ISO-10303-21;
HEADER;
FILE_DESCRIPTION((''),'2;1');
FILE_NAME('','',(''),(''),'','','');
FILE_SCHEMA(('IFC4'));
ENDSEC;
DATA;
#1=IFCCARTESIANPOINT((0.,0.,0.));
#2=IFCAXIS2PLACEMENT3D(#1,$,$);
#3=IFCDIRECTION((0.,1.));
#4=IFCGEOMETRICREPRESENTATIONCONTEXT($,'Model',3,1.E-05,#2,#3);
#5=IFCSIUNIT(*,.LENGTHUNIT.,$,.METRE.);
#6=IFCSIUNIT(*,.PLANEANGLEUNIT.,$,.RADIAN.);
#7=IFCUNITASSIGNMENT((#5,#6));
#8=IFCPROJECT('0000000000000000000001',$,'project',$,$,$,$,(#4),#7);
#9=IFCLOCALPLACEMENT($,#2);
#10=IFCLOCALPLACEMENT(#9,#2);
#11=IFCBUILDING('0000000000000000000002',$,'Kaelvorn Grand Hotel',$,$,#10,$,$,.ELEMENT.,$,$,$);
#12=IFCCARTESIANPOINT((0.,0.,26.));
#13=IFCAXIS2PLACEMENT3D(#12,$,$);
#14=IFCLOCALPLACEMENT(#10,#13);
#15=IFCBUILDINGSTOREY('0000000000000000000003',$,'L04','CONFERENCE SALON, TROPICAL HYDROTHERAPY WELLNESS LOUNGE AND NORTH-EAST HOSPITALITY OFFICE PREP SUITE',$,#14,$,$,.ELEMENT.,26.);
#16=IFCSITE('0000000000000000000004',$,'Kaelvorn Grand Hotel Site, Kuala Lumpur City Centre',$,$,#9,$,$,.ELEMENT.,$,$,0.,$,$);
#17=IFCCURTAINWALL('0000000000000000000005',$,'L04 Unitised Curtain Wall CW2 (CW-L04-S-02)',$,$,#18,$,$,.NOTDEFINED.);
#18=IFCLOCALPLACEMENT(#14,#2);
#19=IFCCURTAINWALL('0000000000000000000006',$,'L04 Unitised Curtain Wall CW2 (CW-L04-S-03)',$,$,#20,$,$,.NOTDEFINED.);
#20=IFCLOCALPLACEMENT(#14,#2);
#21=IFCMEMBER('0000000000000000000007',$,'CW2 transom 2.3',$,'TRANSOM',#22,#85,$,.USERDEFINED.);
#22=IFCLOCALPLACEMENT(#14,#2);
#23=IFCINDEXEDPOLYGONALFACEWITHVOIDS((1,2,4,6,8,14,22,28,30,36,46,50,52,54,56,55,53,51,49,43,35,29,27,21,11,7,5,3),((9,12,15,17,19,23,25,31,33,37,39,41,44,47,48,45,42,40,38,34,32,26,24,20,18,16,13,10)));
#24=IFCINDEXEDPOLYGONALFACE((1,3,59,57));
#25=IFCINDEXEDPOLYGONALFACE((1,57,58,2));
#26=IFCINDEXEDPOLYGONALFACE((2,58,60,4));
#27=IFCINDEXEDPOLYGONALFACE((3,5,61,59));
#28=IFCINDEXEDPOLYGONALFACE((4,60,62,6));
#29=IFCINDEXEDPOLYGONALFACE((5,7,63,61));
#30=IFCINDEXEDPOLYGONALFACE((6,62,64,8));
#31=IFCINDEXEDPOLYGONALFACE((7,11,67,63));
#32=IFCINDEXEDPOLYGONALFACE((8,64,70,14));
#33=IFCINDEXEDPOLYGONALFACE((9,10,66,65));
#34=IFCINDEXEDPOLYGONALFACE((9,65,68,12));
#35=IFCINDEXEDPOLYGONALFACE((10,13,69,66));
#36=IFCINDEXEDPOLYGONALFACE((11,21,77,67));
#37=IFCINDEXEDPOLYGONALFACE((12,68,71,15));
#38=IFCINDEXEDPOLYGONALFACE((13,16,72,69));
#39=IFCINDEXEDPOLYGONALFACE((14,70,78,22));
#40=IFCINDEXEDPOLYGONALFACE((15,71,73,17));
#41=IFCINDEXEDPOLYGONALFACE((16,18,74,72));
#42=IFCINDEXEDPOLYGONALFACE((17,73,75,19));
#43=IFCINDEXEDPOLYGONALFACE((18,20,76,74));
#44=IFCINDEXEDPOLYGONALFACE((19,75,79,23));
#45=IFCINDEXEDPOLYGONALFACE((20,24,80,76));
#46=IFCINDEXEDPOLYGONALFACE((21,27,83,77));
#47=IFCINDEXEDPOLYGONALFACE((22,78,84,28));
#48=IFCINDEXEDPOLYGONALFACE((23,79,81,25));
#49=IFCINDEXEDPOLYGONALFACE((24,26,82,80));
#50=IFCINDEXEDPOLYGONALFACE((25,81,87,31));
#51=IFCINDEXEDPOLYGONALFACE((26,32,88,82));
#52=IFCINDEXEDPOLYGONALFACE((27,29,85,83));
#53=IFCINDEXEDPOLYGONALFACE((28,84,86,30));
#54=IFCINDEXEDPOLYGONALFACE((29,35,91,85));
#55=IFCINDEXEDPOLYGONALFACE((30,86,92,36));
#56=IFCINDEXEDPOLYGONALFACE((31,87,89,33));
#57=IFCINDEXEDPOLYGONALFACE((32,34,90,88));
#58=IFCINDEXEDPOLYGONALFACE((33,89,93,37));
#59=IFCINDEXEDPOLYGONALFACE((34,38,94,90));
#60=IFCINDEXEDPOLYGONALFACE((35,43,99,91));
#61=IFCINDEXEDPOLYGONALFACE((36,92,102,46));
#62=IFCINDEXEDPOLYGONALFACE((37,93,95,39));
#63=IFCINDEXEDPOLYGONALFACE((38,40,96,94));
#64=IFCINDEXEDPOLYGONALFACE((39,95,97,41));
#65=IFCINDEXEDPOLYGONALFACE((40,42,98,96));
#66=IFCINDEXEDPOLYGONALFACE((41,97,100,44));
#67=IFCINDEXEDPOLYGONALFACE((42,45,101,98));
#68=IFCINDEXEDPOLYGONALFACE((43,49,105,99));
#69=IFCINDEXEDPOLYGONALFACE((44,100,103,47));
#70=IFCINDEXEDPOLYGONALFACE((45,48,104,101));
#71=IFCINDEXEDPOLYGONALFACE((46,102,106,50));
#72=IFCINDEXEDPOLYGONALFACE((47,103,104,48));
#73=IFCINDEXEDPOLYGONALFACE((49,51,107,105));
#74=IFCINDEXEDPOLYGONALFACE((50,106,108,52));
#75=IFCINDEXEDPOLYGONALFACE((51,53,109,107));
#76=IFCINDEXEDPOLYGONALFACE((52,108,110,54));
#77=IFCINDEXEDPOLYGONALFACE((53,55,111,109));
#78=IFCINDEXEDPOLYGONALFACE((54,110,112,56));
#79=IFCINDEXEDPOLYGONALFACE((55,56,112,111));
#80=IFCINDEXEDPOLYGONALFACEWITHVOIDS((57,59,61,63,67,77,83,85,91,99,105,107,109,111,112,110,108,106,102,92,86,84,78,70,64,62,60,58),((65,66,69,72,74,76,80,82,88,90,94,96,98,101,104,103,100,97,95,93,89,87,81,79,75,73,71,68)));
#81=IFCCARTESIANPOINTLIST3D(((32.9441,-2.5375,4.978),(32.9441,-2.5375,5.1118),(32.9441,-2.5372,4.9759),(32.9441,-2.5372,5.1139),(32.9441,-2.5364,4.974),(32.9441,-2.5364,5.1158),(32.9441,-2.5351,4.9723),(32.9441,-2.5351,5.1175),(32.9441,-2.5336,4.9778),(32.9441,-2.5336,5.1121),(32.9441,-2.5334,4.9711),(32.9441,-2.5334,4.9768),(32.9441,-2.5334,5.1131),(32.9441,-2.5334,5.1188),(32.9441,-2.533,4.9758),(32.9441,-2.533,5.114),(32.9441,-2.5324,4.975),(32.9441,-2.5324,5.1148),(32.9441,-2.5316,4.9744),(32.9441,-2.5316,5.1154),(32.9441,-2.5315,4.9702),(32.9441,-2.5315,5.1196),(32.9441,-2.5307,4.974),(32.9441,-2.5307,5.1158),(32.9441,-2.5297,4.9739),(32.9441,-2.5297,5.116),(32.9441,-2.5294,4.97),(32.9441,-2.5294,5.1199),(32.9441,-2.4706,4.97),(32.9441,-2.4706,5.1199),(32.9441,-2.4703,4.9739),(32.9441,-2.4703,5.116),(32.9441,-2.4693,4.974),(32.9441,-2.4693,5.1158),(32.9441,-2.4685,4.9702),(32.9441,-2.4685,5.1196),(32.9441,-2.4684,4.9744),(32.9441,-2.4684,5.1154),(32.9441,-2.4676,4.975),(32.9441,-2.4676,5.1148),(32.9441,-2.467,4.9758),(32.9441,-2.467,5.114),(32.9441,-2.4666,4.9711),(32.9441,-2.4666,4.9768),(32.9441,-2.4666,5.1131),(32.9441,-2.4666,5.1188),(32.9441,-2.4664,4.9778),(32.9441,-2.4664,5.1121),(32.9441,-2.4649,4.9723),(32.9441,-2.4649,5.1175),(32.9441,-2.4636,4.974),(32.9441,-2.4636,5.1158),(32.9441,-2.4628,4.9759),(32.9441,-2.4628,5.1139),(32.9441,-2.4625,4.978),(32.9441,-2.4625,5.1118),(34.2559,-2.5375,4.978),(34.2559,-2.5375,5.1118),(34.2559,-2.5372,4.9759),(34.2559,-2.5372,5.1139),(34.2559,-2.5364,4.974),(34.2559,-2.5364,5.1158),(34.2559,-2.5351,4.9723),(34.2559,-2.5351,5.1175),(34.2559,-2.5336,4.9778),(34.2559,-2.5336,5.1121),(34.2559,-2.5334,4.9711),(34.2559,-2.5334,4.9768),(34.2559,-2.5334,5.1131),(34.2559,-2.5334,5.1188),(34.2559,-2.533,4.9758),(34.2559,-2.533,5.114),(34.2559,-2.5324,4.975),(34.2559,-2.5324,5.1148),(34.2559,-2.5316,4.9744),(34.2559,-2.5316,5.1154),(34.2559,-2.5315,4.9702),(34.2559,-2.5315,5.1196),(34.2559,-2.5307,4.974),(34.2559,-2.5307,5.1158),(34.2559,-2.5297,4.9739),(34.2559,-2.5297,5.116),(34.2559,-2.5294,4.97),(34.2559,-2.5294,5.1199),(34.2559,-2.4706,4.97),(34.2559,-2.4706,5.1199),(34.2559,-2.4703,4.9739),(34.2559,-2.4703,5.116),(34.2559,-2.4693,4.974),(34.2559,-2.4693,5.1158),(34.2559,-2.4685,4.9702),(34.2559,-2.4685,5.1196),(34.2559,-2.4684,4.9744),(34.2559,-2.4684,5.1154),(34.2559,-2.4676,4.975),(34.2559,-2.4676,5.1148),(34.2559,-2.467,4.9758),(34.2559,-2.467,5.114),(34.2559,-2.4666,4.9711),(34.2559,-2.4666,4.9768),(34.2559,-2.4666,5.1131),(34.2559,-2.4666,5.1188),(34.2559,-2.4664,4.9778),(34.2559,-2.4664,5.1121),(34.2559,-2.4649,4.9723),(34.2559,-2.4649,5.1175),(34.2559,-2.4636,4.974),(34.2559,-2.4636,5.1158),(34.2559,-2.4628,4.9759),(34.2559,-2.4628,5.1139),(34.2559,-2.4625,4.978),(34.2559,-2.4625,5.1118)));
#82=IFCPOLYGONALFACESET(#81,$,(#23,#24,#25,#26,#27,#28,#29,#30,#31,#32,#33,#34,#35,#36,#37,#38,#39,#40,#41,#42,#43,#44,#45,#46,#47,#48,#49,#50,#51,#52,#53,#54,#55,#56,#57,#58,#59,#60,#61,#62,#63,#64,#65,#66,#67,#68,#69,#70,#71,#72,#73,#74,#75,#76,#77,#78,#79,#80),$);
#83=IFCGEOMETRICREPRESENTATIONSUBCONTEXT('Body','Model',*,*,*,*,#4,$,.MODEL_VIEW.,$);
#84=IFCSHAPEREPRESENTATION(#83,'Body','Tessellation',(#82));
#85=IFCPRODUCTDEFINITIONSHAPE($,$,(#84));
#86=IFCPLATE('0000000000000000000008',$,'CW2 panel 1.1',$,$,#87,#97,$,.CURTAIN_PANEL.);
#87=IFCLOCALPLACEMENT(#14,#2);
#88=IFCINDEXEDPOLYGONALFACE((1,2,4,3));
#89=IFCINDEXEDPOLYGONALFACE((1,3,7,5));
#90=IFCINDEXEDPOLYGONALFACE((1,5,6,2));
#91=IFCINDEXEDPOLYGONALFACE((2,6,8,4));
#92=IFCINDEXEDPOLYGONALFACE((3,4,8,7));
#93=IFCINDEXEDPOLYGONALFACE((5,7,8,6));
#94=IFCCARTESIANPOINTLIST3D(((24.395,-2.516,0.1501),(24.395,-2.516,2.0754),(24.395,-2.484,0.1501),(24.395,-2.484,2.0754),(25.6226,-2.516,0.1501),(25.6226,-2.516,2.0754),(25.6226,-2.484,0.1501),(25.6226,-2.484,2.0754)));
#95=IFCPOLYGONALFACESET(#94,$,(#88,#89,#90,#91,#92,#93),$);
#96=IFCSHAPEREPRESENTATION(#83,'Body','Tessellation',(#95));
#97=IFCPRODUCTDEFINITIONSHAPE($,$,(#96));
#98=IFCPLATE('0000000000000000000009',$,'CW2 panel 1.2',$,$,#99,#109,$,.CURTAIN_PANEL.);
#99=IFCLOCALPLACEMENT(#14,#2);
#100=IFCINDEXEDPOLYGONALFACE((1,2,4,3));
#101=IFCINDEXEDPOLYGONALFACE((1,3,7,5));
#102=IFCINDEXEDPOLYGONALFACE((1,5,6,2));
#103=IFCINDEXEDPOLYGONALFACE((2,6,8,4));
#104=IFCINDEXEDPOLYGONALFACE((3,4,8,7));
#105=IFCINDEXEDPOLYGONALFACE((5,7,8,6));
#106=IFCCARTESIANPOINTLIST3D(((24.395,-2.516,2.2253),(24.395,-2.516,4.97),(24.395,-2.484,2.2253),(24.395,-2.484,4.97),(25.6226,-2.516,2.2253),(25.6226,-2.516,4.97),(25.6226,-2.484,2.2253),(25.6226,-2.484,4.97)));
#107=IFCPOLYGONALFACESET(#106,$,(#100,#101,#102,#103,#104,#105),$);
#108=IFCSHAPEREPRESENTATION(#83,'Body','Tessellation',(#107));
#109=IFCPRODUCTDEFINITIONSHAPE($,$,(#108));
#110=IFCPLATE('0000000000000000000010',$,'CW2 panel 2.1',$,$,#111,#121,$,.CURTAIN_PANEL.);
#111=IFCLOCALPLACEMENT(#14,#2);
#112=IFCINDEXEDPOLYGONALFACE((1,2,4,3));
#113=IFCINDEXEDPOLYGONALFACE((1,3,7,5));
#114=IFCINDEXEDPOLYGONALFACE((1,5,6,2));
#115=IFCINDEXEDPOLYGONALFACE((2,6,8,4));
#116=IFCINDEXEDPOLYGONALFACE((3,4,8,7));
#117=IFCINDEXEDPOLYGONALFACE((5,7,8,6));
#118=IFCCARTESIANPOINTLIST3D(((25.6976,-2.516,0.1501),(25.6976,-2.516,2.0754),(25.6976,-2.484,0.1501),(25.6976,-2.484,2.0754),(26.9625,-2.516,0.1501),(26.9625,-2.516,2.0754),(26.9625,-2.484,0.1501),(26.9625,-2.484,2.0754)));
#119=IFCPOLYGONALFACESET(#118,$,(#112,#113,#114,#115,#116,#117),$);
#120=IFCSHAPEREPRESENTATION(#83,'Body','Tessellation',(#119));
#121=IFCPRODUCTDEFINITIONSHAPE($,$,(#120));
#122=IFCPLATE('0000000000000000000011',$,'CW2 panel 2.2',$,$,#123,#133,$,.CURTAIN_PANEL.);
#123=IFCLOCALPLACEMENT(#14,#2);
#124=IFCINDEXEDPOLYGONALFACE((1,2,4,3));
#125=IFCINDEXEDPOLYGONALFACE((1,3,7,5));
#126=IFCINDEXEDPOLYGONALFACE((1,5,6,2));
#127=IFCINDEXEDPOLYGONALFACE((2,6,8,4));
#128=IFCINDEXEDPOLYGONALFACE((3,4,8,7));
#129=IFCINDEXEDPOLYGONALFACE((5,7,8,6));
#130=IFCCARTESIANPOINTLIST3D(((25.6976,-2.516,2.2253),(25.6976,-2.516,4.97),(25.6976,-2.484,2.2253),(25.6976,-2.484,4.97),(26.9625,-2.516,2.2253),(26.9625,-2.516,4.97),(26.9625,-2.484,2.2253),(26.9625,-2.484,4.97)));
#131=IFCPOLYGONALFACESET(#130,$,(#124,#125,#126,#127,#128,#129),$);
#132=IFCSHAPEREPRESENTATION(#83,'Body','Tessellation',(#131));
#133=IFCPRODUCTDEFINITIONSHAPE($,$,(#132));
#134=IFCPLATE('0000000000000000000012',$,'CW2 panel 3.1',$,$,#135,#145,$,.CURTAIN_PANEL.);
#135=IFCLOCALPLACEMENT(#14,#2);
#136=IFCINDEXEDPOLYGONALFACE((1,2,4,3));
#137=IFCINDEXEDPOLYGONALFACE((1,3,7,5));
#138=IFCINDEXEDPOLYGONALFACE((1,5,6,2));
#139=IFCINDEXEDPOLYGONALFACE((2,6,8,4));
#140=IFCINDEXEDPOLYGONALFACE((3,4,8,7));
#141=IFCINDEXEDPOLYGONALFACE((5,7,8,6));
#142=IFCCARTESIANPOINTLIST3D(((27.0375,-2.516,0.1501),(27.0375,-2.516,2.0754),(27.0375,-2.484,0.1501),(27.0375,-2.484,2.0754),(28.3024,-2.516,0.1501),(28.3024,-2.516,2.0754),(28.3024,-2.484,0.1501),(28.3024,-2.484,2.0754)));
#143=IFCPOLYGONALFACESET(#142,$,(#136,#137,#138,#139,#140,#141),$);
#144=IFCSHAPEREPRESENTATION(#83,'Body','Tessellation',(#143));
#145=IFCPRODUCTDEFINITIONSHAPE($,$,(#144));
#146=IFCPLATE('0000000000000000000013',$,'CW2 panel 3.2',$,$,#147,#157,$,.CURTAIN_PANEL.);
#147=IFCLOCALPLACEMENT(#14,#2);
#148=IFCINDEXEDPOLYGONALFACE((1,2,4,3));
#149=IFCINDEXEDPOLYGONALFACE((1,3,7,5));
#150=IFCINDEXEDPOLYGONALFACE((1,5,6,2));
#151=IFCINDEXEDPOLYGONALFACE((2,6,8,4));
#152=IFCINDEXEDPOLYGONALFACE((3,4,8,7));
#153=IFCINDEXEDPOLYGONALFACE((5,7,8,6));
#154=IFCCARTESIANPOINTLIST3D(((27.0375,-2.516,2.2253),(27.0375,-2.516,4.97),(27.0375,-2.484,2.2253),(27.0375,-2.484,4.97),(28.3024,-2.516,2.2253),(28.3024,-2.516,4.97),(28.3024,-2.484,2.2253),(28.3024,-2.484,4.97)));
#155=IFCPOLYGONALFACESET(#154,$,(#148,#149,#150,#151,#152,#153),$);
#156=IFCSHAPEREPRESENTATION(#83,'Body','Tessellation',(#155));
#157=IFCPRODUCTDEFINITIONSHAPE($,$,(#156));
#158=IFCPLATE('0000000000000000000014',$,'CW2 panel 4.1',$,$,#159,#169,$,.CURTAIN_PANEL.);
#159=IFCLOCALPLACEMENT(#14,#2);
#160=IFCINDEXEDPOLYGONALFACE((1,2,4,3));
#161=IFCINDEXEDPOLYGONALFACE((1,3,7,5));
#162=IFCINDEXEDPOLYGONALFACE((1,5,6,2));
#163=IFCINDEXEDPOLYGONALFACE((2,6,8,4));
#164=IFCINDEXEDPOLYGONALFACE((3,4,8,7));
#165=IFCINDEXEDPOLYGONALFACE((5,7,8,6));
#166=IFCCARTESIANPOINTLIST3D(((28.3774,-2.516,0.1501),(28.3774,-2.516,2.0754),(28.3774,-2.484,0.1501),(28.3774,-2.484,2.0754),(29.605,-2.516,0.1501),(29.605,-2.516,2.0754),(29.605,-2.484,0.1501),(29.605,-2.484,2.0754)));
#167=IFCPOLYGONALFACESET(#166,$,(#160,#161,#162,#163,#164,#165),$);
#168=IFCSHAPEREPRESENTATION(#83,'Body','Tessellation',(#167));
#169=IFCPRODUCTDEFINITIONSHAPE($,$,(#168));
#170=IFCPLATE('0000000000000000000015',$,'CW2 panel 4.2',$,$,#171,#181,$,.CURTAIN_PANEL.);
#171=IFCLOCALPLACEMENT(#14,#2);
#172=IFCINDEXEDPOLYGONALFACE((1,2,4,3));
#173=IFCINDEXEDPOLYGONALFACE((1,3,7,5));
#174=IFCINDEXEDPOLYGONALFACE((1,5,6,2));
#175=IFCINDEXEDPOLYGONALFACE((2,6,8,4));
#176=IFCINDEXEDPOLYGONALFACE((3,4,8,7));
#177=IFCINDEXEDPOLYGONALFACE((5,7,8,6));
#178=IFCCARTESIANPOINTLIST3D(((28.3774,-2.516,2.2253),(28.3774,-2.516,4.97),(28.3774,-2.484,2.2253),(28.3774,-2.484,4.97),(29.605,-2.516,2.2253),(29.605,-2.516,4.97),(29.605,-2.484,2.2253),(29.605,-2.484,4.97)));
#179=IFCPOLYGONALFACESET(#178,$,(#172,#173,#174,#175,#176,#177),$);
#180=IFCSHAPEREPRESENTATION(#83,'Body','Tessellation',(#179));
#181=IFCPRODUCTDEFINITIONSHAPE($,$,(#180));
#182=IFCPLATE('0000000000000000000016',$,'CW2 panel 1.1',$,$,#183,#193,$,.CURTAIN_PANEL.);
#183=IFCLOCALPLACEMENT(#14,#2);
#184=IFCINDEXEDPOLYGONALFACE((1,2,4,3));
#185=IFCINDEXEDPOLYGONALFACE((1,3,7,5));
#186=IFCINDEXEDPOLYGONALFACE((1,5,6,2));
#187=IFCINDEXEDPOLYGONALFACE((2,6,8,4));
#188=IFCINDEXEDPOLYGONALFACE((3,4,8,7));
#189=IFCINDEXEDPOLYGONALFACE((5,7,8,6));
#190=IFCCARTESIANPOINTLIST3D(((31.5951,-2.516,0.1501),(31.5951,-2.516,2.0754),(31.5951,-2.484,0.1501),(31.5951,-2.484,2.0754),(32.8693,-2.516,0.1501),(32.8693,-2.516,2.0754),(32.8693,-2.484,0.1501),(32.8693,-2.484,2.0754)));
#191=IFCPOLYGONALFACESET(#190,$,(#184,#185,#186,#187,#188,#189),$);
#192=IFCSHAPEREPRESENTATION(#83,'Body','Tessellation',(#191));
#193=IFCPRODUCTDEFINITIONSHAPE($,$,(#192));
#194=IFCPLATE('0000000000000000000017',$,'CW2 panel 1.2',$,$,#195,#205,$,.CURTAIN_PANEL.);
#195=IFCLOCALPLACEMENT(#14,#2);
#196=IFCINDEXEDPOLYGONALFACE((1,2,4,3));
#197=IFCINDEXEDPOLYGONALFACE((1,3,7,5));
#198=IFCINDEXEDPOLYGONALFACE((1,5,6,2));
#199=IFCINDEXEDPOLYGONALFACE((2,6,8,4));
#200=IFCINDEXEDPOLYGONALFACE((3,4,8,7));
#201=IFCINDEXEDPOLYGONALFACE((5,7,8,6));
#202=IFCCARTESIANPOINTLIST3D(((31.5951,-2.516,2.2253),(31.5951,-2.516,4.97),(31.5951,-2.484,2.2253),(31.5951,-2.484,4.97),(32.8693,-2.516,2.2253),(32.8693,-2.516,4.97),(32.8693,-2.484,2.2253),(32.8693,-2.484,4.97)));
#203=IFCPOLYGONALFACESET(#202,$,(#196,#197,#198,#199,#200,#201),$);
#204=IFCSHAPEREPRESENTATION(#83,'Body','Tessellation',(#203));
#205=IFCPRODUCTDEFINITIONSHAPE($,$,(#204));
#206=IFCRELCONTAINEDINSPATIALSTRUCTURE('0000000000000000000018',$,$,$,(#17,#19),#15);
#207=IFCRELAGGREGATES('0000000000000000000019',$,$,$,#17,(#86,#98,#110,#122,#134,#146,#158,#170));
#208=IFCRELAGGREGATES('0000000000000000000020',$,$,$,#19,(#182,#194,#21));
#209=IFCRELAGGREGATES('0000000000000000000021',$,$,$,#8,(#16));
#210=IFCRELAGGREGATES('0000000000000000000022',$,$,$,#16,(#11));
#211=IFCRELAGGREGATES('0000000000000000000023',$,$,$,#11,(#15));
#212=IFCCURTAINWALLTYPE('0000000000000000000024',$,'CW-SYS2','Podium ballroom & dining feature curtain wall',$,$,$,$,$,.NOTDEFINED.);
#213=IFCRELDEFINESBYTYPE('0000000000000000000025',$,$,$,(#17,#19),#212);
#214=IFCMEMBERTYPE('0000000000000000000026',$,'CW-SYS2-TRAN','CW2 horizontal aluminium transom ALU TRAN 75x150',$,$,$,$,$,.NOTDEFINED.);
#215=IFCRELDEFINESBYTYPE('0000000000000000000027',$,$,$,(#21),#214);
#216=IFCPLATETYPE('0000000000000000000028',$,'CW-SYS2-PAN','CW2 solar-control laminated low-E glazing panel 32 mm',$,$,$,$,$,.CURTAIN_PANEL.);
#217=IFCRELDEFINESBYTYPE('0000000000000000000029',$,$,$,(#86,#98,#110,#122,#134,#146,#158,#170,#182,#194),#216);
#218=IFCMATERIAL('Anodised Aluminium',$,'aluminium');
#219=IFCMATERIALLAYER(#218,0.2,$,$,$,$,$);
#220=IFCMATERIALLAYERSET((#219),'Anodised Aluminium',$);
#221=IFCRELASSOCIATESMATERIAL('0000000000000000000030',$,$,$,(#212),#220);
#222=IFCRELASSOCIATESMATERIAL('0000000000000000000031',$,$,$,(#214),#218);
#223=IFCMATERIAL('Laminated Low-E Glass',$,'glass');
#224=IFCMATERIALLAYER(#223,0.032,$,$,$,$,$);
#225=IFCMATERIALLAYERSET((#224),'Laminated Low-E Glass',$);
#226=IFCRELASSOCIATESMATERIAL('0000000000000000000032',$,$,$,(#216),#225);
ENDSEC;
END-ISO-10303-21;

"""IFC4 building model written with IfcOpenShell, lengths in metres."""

from ifc_helpers import new_model, si_unit, direction, frame, origin, origin_2d, place, context, subcontext, project, spatial, rectangle, hollow_rectangle, extrude, material, layer, layer_set, material_profile, profile_set, type_object, element, aggregate, save


model = new_model("IFC4")

# Units and contexts
model_context = context("Model", 3, precision=1e-05, world=origin(), true_north=direction((0.0, 1.0)))
body_context = subcontext(model_context, "Body", "Model", "MODEL_VIEW")
ifc_project = project(units=[si_unit("LENGTHUNIT", "METRE"), si_unit("PLANEANGLEUNIT", "RADIAN")], contexts=[model_context])

# Site, building, storey
site_placement = place(None, origin())
site = spatial("IfcSite", under=ifc_project, at=site_placement, Name="Kaelvorn Grand Hotel Site, Kuala Lumpur City Centre", CompositionType="ELEMENT", RefElevation=0.0)
building_placement = place(site_placement, origin())
building = spatial("IfcBuilding", under=site, at=building_placement, Name="Kaelvorn Grand Hotel", CompositionType="ELEMENT")
storey_placement = place(building_placement, frame((0.0, 0.0, 26.0)))
storey = spatial("IfcBuildingStorey", under=building, at=storey_placement, Name="L04", Description="CONFERENCE SALON, TROPICAL HYDROTHERAPY WELLNESS LOUNGE AND NORTH-EAST HOSPITALITY OFFICE PREP SUITE", CompositionType="ELEMENT", Elevation=26.0)

# Curtain walls
ifc_material_1 = material(Name="Anodised Aluminium", Category="aluminium")
ifc_layer_1 = layer(ifc_material_1, 0.2)
ifc_layer_set_1 = layer_set([ifc_layer_1], Name="Anodised Aluminium")
curtain_wall_type = type_object("IfcCurtainWallType", Name="CW-SYS2", Description="Podium ballroom & dining feature curtain wall", PredefinedType="NOTDEFINED", material=ifc_layer_set_1)
curtain_wall_1_placement = place(storey_placement, origin())
curtain_wall_1 = element("IfcCurtainWall", 1, at=curtain_wall_1_placement, inside=storey, type_object=curtain_wall_type, Name="L04 Unitised Curtain Wall CW2 (CW-L04-S-02)", PredefinedType="NOTDEFINED")
curtain_wall_2_placement = place(storey_placement, origin())
curtain_wall_2 = element("IfcCurtainWall", 2, at=curtain_wall_2_placement, inside=storey, type_object=curtain_wall_type, Name="L04 Unitised Curtain Wall CW2 (CW-L04-S-03)", PredefinedType="NOTDEFINED")

# Member
ifc_material_profile_1 = material_profile(ifc_material_1, hollow_rectangle(XDim=0.075, YDim=0.1499, WallThickness=0.0039, InnerFilletRadius=0.0039, OuterFilletRadius=0.0081, at=origin_2d()), Name="ALU TRAN 75x150")
ifc_profile_set_1 = profile_set([ifc_material_profile_1], Name="Anodised Aluminium")
member_type_1 = type_object("IfcMemberType", Name="CW-SYS2-TRAN", Description="CW2 horizontal aluminium transom ALU TRAN 75x150", PredefinedType="NOTDEFINED", material=ifc_profile_set_1)
member_1_placement = place(storey_placement, frame((32.9441, -2.5, 5.0449), z_axis=(1.0, 0.0, 0.0), x_axis=(0.0, 1.0, 0.0)))
member_1 = element("IfcMember", 3, at=member_1_placement, type_object=member_type_1, Name="CW2 transom 2.3", ObjectType="TRANSOM", PredefinedType="USERDEFINED", context=body_context, shape_type="SweptSolid", body=[
    extrude(hollow_rectangle(XDim=0.075, YDim=0.1499, WallThickness=0.0039, InnerFilletRadius=0.0039, OuterFilletRadius=0.0081, at=origin_2d()), origin(), (0.0, 0.0, 1.0), 1.3118),
])

# Plates
ifc_material_2 = material(Name="Laminated Low-E Glass", Category="glass")
ifc_layer_2 = layer(ifc_material_2, 0.032)
ifc_layer_set_2 = layer_set([ifc_layer_2], Name="Laminated Low-E Glass")
plate_type = type_object("IfcPlateType", Name="CW-SYS2-PAN", Description="CW2 solar-control laminated low-E glazing panel 32 mm", PredefinedType="CURTAIN_PANEL", material=ifc_layer_set_2)
plate_1_placement = place(storey_placement, frame((25.0088, -2.5, 0.1501), z_axis=(0.0, 0.0, 1.0), x_axis=(1.0, 0.0, 0.0)))
plate_1 = element("IfcPlate", 4, at=plate_1_placement, type_object=plate_type, Name="CW2 panel 1.1", PredefinedType="CURTAIN_PANEL", context=body_context, shape_type="SweptSolid", body=[
    extrude(rectangle(XDim=1.2275, YDim=0.032, at=origin_2d()), origin(), (0.0, 0.0, 1.0), 1.9253),
])
plate_2_placement = place(storey_placement, frame((25.0088, -2.5, 2.2253), z_axis=(0.0, 0.0, 1.0), x_axis=(1.0, 0.0, 0.0)))
plate_2 = element("IfcPlate", 5, at=plate_2_placement, type_object=plate_type, Name="CW2 panel 1.2", PredefinedType="CURTAIN_PANEL", context=body_context, shape_type="SweptSolid", body=[
    extrude(rectangle(XDim=1.2275, YDim=0.032, at=origin_2d()), origin(), (0.0, 0.0, 1.0), 2.7446),
])
plate_3_placement = place(storey_placement, frame((26.3301, -2.5, 0.1501), z_axis=(0.0, 0.0, 1.0), x_axis=(1.0, 0.0, 0.0)))
plate_3 = element("IfcPlate", 6, at=plate_3_placement, type_object=plate_type, Name="CW2 panel 2.1", PredefinedType="CURTAIN_PANEL", context=body_context, shape_type="SweptSolid", body=[
    extrude(rectangle(XDim=1.2649, YDim=0.032, at=origin_2d()), origin(), (0.0, 0.0, 1.0), 1.9253),
])
plate_4_placement = place(storey_placement, frame((26.3301, -2.5, 2.2253), z_axis=(0.0, 0.0, 1.0), x_axis=(1.0, 0.0, 0.0)))
plate_4 = element("IfcPlate", 7, at=plate_4_placement, type_object=plate_type, Name="CW2 panel 2.2", PredefinedType="CURTAIN_PANEL", context=body_context, shape_type="SweptSolid", body=[
    extrude(rectangle(XDim=1.2649, YDim=0.032, at=origin_2d()), origin(), (0.0, 0.0, 1.0), 2.7446),
])
plate_5_placement = place(storey_placement, frame((27.6699, -2.5, 0.1501), z_axis=(0.0, 0.0, 1.0), x_axis=(1.0, 0.0, 0.0)))
plate_5 = element("IfcPlate", 8, at=plate_5_placement, type_object=plate_type, Name="CW2 panel 3.1", PredefinedType="CURTAIN_PANEL", context=body_context, shape_type="SweptSolid", body=[
    extrude(rectangle(XDim=1.2649, YDim=0.032, at=origin_2d()), origin(), (0.0, 0.0, 1.0), 1.9253),
])
plate_6_placement = place(storey_placement, frame((27.6699, -2.5, 2.2253), z_axis=(0.0, 0.0, 1.0), x_axis=(1.0, 0.0, 0.0)))
plate_6 = element("IfcPlate", 9, at=plate_6_placement, type_object=plate_type, Name="CW2 panel 3.2", PredefinedType="CURTAIN_PANEL", context=body_context, shape_type="SweptSolid", body=[
    extrude(rectangle(XDim=1.2649, YDim=0.032, at=origin_2d()), origin(), (0.0, 0.0, 1.0), 2.7446),
])
plate_7_placement = place(storey_placement, frame((28.9912, -2.5, 0.1501), z_axis=(0.0, 0.0, 1.0), x_axis=(1.0, 0.0, 0.0)))
plate_7 = element("IfcPlate", 10, at=plate_7_placement, type_object=plate_type, Name="CW2 panel 4.1", PredefinedType="CURTAIN_PANEL", context=body_context, shape_type="SweptSolid", body=[
    extrude(rectangle(XDim=1.2275, YDim=0.032, at=origin_2d()), origin(), (0.0, 0.0, 1.0), 1.9253),
])
plate_8_placement = place(storey_placement, frame((28.9912, -2.5, 2.2253), z_axis=(0.0, 0.0, 1.0), x_axis=(1.0, 0.0, 0.0)))
plate_8 = element("IfcPlate", 11, at=plate_8_placement, type_object=plate_type, Name="CW2 panel 4.2", PredefinedType="CURTAIN_PANEL", context=body_context, shape_type="SweptSolid", body=[
    extrude(rectangle(XDim=1.2275, YDim=0.032, at=origin_2d()), origin(), (0.0, 0.0, 1.0), 2.7446),
])
aggregate(curtain_wall_1, [plate_1, plate_2, plate_3, plate_4, plate_5, plate_6, plate_7, plate_8])
plate_9_placement = place(storey_placement, frame((32.2322, -2.5, 0.1501), z_axis=(0.0, 0.0, 1.0), x_axis=(1.0, 0.0, 0.0)))
plate_9 = element("IfcPlate", 12, at=plate_9_placement, type_object=plate_type, Name="CW2 panel 1.1", PredefinedType="CURTAIN_PANEL", context=body_context, shape_type="SweptSolid", body=[
    extrude(rectangle(XDim=1.2742, YDim=0.032, at=origin_2d()), origin(), (0.0, 0.0, 1.0), 1.9253),
])
plate_10_placement = place(storey_placement, frame((32.2322, -2.5, 2.2253), z_axis=(0.0, 0.0, 1.0), x_axis=(1.0, 0.0, 0.0)))
plate_10 = element("IfcPlate", 13, at=plate_10_placement, type_object=plate_type, Name="CW2 panel 1.2", PredefinedType="CURTAIN_PANEL", context=body_context, shape_type="SweptSolid", body=[
    extrude(rectangle(XDim=1.2742, YDim=0.032, at=origin_2d()), origin(), (0.0, 0.0, 1.0), 2.7446),
])
aggregate(curtain_wall_2, [plate_9, plate_10, member_1])

save(model, "model.ifc")
